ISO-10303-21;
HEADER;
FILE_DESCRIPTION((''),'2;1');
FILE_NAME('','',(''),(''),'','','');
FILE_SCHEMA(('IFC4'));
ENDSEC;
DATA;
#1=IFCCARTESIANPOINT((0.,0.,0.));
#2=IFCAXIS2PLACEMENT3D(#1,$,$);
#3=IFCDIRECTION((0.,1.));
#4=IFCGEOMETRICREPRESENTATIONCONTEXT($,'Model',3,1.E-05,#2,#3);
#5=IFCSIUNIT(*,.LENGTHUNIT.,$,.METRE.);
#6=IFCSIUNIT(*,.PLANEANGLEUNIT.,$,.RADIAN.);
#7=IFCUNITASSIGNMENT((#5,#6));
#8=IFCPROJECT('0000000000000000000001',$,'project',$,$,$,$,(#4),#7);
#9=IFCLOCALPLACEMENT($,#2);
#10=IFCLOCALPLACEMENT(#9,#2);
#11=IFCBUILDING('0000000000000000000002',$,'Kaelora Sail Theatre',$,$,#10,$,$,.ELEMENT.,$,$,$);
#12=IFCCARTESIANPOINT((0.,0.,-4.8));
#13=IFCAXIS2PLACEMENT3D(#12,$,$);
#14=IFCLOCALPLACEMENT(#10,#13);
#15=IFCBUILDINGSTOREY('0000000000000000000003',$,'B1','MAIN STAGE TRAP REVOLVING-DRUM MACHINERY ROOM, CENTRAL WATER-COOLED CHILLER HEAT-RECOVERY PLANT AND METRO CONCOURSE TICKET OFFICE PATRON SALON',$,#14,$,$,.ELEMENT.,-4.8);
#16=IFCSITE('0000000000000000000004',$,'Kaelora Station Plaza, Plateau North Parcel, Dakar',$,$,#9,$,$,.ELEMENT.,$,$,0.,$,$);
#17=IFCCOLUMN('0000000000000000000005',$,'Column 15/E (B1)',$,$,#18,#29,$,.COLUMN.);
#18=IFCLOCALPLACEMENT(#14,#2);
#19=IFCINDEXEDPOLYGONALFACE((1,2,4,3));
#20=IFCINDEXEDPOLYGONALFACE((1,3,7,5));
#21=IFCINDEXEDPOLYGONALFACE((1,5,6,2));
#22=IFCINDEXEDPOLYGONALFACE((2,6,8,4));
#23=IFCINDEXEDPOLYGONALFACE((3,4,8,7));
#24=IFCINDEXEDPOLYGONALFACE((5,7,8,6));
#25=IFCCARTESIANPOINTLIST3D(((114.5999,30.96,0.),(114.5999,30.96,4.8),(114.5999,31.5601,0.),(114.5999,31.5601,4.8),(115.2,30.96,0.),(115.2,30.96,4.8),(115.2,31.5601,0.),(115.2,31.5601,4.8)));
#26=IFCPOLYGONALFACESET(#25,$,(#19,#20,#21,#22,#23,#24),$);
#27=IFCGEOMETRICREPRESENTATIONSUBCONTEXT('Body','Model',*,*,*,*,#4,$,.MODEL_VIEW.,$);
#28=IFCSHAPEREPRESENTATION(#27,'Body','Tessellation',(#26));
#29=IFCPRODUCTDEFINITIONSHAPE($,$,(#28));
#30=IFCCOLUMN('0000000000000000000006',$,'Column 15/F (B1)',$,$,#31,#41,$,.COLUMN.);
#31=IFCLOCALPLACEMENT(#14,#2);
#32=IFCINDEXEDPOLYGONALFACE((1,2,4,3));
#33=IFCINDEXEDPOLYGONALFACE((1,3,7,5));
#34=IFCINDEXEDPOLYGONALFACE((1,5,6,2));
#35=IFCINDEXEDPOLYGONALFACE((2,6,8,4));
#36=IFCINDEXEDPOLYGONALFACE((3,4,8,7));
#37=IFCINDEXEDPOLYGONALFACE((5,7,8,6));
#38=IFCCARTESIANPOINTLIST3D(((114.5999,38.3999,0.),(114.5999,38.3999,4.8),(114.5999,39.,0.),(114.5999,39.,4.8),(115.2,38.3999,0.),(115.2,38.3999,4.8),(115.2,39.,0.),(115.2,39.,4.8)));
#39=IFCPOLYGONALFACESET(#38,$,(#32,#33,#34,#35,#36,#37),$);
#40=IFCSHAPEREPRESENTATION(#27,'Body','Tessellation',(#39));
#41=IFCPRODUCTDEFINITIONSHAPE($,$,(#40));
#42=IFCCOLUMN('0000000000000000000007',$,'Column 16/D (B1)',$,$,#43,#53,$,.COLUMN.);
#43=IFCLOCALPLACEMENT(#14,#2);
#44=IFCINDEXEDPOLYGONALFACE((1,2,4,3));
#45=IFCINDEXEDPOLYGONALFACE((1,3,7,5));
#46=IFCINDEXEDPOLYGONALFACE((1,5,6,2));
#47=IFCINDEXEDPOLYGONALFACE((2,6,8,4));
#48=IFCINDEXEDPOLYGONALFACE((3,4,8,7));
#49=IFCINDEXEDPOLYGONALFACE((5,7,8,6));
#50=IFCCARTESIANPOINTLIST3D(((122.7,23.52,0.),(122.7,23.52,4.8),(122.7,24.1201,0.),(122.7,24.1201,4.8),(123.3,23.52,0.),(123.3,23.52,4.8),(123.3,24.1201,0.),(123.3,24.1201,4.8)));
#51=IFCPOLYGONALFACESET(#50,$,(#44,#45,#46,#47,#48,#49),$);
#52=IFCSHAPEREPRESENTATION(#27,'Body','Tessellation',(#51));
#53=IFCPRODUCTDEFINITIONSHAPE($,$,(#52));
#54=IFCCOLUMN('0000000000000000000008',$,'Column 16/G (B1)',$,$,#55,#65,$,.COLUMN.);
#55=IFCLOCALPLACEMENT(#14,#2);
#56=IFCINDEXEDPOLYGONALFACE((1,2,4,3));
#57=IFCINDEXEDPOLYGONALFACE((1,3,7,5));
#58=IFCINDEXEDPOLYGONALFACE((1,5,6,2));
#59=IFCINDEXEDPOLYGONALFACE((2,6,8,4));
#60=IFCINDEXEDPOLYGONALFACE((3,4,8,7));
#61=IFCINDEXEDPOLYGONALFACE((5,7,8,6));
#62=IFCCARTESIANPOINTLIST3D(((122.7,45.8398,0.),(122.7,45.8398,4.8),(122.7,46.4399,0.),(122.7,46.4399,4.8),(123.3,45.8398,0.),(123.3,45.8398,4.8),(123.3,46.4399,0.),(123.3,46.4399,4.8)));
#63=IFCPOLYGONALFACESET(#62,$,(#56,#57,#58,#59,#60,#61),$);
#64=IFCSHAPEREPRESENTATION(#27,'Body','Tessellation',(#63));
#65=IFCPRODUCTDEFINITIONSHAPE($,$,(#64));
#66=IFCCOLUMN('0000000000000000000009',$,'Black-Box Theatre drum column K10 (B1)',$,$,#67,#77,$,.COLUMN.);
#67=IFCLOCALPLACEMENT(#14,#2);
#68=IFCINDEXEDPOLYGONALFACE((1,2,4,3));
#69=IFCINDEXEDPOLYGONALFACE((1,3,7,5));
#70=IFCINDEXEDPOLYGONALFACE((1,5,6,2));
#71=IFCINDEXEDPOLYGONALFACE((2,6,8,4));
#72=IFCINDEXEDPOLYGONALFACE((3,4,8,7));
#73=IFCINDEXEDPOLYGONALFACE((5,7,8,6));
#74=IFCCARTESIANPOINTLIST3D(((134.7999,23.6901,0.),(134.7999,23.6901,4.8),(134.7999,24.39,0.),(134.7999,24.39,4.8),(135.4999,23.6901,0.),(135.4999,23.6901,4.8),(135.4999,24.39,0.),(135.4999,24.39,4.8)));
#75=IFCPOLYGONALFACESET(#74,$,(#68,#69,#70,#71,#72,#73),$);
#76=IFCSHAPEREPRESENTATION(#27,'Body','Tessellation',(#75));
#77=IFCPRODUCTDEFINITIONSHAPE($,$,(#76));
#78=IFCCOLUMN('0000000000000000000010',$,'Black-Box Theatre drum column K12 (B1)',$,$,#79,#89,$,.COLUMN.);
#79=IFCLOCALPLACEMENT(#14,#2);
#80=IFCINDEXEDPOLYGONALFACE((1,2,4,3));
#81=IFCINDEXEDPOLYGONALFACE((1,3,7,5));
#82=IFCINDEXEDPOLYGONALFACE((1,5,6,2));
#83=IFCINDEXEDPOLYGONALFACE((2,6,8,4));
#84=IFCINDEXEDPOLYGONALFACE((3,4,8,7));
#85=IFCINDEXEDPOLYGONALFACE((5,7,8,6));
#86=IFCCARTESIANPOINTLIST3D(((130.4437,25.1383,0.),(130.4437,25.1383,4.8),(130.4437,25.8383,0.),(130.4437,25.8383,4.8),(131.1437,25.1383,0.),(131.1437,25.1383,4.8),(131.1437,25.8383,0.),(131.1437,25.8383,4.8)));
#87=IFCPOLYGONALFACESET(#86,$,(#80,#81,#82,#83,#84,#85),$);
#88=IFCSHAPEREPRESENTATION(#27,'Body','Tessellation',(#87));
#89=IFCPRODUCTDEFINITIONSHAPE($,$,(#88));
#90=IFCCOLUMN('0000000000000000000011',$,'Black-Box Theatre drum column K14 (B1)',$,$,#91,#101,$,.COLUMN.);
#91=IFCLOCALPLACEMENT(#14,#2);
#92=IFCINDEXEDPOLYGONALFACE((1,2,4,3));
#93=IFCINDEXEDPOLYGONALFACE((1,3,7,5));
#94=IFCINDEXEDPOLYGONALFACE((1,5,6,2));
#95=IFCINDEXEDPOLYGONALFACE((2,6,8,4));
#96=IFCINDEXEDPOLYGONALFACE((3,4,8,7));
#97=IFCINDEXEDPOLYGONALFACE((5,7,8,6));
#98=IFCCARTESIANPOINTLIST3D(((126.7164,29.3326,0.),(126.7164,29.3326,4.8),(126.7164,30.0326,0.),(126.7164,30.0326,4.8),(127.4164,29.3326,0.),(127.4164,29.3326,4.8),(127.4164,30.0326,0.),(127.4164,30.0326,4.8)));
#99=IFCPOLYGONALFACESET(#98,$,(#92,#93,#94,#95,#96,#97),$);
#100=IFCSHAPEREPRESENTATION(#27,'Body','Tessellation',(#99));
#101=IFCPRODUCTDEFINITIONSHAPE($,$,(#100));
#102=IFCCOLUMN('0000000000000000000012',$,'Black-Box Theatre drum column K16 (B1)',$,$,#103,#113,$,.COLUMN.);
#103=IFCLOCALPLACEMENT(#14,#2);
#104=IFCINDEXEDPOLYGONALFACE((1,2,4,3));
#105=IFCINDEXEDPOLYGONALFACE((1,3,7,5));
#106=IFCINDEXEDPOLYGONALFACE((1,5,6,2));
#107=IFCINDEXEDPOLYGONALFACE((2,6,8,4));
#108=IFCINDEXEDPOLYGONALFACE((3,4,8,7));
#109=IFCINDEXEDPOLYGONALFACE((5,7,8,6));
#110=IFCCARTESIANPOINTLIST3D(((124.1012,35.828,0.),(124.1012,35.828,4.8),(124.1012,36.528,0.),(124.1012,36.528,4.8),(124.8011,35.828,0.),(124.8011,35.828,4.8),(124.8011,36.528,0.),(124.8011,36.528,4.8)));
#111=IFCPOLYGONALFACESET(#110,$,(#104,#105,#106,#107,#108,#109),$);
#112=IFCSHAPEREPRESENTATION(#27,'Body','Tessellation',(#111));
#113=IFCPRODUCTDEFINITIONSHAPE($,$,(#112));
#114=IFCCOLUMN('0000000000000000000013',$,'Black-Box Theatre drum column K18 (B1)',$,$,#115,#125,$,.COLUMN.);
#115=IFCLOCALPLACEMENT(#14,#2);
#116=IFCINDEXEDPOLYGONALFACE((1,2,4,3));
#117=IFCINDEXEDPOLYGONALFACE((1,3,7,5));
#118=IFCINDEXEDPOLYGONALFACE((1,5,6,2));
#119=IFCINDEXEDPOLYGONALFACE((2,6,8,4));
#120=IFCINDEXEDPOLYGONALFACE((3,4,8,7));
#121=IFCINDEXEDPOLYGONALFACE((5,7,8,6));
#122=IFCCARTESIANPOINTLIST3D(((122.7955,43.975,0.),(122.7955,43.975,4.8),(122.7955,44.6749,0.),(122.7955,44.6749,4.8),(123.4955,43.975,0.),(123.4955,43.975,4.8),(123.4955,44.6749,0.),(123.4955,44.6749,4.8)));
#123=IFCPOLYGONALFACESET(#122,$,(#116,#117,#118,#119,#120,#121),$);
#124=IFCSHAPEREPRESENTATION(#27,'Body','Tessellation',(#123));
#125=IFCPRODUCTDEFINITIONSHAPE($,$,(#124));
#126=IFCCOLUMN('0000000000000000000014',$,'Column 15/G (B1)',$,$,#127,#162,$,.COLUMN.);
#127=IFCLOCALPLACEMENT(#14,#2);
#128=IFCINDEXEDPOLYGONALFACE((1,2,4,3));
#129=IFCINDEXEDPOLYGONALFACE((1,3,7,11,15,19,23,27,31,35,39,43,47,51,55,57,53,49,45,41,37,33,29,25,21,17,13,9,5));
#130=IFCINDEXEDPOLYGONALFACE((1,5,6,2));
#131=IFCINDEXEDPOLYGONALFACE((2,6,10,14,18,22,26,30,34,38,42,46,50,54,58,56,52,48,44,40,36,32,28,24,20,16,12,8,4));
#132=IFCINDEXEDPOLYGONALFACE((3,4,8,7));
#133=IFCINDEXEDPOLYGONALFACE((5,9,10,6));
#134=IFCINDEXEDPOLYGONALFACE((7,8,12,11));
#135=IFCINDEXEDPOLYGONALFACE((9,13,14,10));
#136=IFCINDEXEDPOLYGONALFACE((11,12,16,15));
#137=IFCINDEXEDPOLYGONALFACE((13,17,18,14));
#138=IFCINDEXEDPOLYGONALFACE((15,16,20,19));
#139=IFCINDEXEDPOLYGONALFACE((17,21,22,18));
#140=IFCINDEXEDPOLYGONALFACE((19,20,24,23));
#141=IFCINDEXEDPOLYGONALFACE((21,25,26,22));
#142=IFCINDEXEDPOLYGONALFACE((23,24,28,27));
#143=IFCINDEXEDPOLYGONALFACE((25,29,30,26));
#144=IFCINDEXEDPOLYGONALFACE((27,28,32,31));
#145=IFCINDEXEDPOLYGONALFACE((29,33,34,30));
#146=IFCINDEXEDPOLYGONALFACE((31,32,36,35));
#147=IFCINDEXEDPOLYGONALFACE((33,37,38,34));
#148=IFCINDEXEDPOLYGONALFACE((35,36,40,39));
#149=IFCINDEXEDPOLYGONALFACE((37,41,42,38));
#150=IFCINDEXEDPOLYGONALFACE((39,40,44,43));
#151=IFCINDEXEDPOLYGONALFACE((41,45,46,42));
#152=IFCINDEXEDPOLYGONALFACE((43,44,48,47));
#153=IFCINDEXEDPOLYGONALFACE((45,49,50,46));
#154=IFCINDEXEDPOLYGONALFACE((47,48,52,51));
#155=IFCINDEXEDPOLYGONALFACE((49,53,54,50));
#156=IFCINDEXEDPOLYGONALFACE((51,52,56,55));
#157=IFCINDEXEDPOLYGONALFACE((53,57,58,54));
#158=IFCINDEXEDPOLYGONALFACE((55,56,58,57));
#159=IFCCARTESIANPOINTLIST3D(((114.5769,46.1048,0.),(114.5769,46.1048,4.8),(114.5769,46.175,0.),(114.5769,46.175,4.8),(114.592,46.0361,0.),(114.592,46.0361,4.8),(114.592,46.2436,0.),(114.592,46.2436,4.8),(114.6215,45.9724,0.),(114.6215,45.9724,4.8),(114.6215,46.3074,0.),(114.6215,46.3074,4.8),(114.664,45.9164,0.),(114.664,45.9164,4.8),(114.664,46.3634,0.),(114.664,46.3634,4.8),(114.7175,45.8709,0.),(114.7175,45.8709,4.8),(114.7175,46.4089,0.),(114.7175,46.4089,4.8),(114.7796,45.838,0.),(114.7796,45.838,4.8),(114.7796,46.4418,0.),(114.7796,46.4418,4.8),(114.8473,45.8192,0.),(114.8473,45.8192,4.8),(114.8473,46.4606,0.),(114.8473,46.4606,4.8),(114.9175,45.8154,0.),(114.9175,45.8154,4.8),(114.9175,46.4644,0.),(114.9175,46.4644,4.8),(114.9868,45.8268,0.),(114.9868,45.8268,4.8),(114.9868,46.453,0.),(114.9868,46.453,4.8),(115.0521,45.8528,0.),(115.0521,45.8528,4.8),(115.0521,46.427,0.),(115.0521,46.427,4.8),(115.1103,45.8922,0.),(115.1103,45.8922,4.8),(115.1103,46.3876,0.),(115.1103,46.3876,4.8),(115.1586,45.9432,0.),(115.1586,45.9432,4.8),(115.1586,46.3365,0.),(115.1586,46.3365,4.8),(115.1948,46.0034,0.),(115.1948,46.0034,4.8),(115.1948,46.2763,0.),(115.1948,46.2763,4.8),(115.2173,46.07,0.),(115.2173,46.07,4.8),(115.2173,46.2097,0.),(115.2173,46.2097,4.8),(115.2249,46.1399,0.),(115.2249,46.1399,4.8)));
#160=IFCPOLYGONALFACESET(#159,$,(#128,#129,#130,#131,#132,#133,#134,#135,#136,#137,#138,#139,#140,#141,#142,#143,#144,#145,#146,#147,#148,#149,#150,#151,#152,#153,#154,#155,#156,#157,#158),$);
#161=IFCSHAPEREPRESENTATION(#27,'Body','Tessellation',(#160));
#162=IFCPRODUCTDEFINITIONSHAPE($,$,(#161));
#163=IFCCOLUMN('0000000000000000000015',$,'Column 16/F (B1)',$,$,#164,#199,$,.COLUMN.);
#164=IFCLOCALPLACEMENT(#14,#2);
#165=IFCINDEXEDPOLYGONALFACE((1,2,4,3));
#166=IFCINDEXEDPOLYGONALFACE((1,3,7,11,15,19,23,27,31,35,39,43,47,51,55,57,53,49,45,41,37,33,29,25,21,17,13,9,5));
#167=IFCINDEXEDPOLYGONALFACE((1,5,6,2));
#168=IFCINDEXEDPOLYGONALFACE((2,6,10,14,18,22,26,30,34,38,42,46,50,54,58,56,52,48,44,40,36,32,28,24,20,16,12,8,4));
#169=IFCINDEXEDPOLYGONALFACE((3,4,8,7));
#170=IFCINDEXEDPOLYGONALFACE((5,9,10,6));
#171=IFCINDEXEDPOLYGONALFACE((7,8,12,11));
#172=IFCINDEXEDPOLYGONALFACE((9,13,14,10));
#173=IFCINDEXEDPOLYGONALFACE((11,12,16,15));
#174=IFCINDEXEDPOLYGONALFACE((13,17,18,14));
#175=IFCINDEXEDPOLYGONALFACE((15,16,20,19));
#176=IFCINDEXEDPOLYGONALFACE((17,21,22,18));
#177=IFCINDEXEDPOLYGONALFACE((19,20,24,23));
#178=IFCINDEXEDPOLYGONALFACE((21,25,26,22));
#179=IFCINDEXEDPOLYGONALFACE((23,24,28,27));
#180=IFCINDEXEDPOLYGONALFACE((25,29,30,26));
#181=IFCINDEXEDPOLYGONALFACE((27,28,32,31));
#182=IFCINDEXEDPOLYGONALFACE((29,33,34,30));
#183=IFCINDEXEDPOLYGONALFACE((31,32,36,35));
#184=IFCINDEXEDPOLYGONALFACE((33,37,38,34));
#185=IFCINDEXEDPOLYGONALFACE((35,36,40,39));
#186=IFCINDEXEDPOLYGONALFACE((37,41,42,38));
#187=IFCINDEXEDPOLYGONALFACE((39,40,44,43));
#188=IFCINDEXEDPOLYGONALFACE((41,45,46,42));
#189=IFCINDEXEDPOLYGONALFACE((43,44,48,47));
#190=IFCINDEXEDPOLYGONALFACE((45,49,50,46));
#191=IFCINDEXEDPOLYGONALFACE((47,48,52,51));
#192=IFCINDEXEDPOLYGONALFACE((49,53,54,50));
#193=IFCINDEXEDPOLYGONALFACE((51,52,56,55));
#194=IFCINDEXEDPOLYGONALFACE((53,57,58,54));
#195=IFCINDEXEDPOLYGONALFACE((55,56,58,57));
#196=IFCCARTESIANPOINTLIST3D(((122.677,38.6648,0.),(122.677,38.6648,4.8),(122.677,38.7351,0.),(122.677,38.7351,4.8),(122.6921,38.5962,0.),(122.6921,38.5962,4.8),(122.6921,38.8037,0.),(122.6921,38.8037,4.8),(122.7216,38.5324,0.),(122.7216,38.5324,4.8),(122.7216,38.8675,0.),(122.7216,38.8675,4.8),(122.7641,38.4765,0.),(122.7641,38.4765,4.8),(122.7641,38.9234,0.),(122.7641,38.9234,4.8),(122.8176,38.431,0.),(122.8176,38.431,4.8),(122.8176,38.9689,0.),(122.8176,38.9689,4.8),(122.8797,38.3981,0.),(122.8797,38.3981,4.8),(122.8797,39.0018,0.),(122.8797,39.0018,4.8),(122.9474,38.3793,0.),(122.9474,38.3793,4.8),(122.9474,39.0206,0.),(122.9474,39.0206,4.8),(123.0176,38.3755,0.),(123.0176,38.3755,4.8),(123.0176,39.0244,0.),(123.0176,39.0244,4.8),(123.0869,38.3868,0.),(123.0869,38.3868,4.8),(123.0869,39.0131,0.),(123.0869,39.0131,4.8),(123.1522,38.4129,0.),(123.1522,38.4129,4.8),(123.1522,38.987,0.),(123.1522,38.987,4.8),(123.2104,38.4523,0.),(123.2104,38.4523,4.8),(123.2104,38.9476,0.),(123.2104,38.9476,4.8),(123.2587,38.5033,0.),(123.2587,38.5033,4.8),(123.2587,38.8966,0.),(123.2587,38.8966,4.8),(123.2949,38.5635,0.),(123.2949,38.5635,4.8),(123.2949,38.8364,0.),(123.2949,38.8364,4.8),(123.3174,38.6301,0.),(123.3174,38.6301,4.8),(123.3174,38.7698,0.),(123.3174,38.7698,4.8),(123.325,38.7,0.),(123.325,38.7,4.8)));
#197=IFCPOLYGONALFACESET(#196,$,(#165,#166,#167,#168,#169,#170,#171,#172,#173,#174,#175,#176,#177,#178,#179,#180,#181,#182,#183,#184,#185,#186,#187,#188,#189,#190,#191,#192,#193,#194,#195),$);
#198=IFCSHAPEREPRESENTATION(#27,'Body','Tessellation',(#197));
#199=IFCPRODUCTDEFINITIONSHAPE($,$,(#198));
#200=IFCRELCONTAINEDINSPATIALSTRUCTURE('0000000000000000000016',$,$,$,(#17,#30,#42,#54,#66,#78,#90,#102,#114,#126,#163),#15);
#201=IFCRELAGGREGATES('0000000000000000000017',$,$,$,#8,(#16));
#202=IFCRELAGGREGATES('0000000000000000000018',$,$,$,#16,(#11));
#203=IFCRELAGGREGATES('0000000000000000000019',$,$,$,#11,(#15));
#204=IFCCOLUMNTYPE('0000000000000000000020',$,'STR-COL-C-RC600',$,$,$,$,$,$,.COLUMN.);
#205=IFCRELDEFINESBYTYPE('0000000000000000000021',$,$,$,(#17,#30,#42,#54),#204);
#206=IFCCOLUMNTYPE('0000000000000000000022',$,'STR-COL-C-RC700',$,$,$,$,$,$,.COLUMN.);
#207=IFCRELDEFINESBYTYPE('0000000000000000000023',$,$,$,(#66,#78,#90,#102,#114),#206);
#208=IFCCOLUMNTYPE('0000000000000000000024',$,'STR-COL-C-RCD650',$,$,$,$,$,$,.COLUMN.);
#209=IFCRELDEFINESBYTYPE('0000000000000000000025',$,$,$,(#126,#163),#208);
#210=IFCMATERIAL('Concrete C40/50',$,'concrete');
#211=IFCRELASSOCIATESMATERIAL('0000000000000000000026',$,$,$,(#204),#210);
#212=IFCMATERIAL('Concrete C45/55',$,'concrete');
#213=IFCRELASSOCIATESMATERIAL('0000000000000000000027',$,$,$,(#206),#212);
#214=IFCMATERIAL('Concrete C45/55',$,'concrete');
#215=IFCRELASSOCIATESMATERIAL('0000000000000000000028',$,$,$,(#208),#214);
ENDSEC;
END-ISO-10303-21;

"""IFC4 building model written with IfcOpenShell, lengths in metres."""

from ifc_helpers import new_model, si_unit, direction, frame, origin, origin_2d, place, context, subcontext, project, spatial, rectangle, circle, extrude, material, material_profile, profile_set, type_object, element, save


model = new_model("IFC4")

# Units and contexts
model_context = context("Model", 3, precision=1e-05, world=origin(), true_north=direction((0.0, 1.0)))
body_context = subcontext(model_context, "Body", "Model", "MODEL_VIEW")
ifc_project = project(units=[si_unit("LENGTHUNIT", "METRE"), si_unit("PLANEANGLEUNIT", "RADIAN")], contexts=[model_context])

# Site, building, storey
site_placement = place(None, origin())
site = spatial("IfcSite", under=ifc_project, at=site_placement, Name="Kaelora Station Plaza, Plateau North Parcel, Dakar", CompositionType="ELEMENT", RefElevation=0.0)
building_placement = place(site_placement, origin())
building = spatial("IfcBuilding", under=site, at=building_placement, Name="Kaelora Sail Theatre", CompositionType="ELEMENT")
storey_placement = place(building_placement, frame((0.0, 0.0, -4.8)))
storey = spatial("IfcBuildingStorey", under=building, at=storey_placement, Name="B1", Description="MAIN STAGE TRAP REVOLVING-DRUM MACHINERY ROOM, CENTRAL WATER-COOLED CHILLER HEAT-RECOVERY PLANT AND METRO CONCOURSE TICKET OFFICE PATRON SALON", CompositionType="ELEMENT", Elevation=-4.8)

# Columns
ifc_material_1 = material(Name="Concrete C40/50", Category="concrete")
ifc_material_profile_1 = material_profile(ifc_material_1, rectangle(XDim=0.6001, YDim=0.6001, at=origin_2d()), Name="RC-COL 600x600")
ifc_profile_set_1 = profile_set([ifc_material_profile_1], Name="Concrete C40/50")
column_type_1 = type_object("IfcColumnType", Name="STR-COL-C-RC600", PredefinedType="COLUMN", material=ifc_profile_set_1)
for number, where, z_axis, x_axis, name in (
    (1, (114.8999, 31.26, 0.0), (0.0, 0.0, 1.0), (1.0, 0.0, 0.0), "Column 15/E (B1)"),
    (2, (114.8999, 38.7, 0.0), (0.0, 0.0, 1.0), (1.0, 0.0, 0.0), "Column 15/F (B1)"),
    (3, (123.0, 23.8201, 0.0), (0.0, 0.0, 1.0), (1.0, 0.0, 0.0), "Column 16/D (B1)"),
    (4, (123.0, 46.1399, 0.0), (0.0, 0.0, 1.0), (1.0, 0.0, 0.0), "Column 16/G (B1)"),
):
    element("IfcColumn", number, at=place(storey_placement, frame(where, z_axis=z_axis, x_axis=x_axis)), inside=storey, type_object=column_type_1, Name=name, PredefinedType="COLUMN", context=body_context, shape_type="SweptSolid", body=[
        extrude(rectangle(XDim=0.6001, YDim=0.6001, at=origin_2d()), origin(), (0.0, 0.0, 1.0), 4.8),
    ])
ifc_material_2 = material(Name="Concrete C45/55", Category="concrete")
ifc_material_profile_2 = material_profile(ifc_material_2, rectangle(XDim=0.7, YDim=0.7, at=origin_2d()), Name="RC-COL 700x700")
ifc_profile_set_2 = profile_set([ifc_material_profile_2], Name="Concrete C45/55")
column_type_2 = type_object("IfcColumnType", Name="STR-COL-C-RC700", PredefinedType="COLUMN", material=ifc_profile_set_2)
for number, where, z_axis, x_axis, name in (
    (5, (135.1499, 24.04, 0.0), (0.0, 0.0, 1.0), (1.0, 0.0, 0.0), "Black-Box Theatre drum column K10 (B1)"),
    (6, (130.7937, 25.4883, 0.0), (0.0, 0.0, 1.0), (1.0, 0.0, 0.0), "Black-Box Theatre drum column K12 (B1)"),
    (7, (127.0664, 29.6826, 0.0), (0.0, 0.0, 1.0), (1.0, 0.0, 0.0), "Black-Box Theatre drum column K14 (B1)"),
    (8, (124.4512, 36.178, 0.0), (0.0, 0.0, 1.0), (1.0, 0.0, 0.0), "Black-Box Theatre drum column K16 (B1)"),
    (9, (123.1455, 44.325, 0.0), (0.0, 0.0, 1.0), (1.0, 0.0, 0.0), "Black-Box Theatre drum column K18 (B1)"),
):
    element("IfcColumn", number, at=place(storey_placement, frame(where, z_axis=z_axis, x_axis=x_axis)), inside=storey, type_object=column_type_2, Name=name, PredefinedType="COLUMN", context=body_context, shape_type="SweptSolid", body=[
        extrude(rectangle(XDim=0.7, YDim=0.7, at=origin_2d()), origin(), (0.0, 0.0, 1.0), 4.8),
    ])
ifc_material_3 = material(Name="Concrete C45/55", Category="concrete")
ifc_material_profile_3 = material_profile(ifc_material_3, circle(Radius=0.325, at=origin_2d()), Name="RC-CCOL D650")
ifc_profile_set_3 = profile_set([ifc_material_profile_3], Name="Concrete C45/55")
column_type_3 = type_object("IfcColumnType", Name="STR-COL-C-RCD650", PredefinedType="COLUMN", material=ifc_profile_set_3)
for number, where, z_axis, x_axis, name in (
    (10, (114.8999, 46.1399, 0.0), (0.0, 0.0, 1.0), (1.0, 0.0, 0.0), "Column 15/G (B1)"),
    (11, (123.0, 38.7, 0.0), (0.0, 0.0, 1.0), (1.0, 0.0, 0.0), "Column 16/F (B1)"),
):
    element("IfcColumn", number, at=place(storey_placement, frame(where, z_axis=z_axis, x_axis=x_axis)), inside=storey, type_object=column_type_3, Name=name, PredefinedType="COLUMN", context=body_context, shape_type="SweptSolid", body=[
        extrude(circle(Radius=0.325, at=origin_2d()), origin(), (0.0, 0.0, 1.0), 4.8),
    ])

save(model, "model.ifc")
